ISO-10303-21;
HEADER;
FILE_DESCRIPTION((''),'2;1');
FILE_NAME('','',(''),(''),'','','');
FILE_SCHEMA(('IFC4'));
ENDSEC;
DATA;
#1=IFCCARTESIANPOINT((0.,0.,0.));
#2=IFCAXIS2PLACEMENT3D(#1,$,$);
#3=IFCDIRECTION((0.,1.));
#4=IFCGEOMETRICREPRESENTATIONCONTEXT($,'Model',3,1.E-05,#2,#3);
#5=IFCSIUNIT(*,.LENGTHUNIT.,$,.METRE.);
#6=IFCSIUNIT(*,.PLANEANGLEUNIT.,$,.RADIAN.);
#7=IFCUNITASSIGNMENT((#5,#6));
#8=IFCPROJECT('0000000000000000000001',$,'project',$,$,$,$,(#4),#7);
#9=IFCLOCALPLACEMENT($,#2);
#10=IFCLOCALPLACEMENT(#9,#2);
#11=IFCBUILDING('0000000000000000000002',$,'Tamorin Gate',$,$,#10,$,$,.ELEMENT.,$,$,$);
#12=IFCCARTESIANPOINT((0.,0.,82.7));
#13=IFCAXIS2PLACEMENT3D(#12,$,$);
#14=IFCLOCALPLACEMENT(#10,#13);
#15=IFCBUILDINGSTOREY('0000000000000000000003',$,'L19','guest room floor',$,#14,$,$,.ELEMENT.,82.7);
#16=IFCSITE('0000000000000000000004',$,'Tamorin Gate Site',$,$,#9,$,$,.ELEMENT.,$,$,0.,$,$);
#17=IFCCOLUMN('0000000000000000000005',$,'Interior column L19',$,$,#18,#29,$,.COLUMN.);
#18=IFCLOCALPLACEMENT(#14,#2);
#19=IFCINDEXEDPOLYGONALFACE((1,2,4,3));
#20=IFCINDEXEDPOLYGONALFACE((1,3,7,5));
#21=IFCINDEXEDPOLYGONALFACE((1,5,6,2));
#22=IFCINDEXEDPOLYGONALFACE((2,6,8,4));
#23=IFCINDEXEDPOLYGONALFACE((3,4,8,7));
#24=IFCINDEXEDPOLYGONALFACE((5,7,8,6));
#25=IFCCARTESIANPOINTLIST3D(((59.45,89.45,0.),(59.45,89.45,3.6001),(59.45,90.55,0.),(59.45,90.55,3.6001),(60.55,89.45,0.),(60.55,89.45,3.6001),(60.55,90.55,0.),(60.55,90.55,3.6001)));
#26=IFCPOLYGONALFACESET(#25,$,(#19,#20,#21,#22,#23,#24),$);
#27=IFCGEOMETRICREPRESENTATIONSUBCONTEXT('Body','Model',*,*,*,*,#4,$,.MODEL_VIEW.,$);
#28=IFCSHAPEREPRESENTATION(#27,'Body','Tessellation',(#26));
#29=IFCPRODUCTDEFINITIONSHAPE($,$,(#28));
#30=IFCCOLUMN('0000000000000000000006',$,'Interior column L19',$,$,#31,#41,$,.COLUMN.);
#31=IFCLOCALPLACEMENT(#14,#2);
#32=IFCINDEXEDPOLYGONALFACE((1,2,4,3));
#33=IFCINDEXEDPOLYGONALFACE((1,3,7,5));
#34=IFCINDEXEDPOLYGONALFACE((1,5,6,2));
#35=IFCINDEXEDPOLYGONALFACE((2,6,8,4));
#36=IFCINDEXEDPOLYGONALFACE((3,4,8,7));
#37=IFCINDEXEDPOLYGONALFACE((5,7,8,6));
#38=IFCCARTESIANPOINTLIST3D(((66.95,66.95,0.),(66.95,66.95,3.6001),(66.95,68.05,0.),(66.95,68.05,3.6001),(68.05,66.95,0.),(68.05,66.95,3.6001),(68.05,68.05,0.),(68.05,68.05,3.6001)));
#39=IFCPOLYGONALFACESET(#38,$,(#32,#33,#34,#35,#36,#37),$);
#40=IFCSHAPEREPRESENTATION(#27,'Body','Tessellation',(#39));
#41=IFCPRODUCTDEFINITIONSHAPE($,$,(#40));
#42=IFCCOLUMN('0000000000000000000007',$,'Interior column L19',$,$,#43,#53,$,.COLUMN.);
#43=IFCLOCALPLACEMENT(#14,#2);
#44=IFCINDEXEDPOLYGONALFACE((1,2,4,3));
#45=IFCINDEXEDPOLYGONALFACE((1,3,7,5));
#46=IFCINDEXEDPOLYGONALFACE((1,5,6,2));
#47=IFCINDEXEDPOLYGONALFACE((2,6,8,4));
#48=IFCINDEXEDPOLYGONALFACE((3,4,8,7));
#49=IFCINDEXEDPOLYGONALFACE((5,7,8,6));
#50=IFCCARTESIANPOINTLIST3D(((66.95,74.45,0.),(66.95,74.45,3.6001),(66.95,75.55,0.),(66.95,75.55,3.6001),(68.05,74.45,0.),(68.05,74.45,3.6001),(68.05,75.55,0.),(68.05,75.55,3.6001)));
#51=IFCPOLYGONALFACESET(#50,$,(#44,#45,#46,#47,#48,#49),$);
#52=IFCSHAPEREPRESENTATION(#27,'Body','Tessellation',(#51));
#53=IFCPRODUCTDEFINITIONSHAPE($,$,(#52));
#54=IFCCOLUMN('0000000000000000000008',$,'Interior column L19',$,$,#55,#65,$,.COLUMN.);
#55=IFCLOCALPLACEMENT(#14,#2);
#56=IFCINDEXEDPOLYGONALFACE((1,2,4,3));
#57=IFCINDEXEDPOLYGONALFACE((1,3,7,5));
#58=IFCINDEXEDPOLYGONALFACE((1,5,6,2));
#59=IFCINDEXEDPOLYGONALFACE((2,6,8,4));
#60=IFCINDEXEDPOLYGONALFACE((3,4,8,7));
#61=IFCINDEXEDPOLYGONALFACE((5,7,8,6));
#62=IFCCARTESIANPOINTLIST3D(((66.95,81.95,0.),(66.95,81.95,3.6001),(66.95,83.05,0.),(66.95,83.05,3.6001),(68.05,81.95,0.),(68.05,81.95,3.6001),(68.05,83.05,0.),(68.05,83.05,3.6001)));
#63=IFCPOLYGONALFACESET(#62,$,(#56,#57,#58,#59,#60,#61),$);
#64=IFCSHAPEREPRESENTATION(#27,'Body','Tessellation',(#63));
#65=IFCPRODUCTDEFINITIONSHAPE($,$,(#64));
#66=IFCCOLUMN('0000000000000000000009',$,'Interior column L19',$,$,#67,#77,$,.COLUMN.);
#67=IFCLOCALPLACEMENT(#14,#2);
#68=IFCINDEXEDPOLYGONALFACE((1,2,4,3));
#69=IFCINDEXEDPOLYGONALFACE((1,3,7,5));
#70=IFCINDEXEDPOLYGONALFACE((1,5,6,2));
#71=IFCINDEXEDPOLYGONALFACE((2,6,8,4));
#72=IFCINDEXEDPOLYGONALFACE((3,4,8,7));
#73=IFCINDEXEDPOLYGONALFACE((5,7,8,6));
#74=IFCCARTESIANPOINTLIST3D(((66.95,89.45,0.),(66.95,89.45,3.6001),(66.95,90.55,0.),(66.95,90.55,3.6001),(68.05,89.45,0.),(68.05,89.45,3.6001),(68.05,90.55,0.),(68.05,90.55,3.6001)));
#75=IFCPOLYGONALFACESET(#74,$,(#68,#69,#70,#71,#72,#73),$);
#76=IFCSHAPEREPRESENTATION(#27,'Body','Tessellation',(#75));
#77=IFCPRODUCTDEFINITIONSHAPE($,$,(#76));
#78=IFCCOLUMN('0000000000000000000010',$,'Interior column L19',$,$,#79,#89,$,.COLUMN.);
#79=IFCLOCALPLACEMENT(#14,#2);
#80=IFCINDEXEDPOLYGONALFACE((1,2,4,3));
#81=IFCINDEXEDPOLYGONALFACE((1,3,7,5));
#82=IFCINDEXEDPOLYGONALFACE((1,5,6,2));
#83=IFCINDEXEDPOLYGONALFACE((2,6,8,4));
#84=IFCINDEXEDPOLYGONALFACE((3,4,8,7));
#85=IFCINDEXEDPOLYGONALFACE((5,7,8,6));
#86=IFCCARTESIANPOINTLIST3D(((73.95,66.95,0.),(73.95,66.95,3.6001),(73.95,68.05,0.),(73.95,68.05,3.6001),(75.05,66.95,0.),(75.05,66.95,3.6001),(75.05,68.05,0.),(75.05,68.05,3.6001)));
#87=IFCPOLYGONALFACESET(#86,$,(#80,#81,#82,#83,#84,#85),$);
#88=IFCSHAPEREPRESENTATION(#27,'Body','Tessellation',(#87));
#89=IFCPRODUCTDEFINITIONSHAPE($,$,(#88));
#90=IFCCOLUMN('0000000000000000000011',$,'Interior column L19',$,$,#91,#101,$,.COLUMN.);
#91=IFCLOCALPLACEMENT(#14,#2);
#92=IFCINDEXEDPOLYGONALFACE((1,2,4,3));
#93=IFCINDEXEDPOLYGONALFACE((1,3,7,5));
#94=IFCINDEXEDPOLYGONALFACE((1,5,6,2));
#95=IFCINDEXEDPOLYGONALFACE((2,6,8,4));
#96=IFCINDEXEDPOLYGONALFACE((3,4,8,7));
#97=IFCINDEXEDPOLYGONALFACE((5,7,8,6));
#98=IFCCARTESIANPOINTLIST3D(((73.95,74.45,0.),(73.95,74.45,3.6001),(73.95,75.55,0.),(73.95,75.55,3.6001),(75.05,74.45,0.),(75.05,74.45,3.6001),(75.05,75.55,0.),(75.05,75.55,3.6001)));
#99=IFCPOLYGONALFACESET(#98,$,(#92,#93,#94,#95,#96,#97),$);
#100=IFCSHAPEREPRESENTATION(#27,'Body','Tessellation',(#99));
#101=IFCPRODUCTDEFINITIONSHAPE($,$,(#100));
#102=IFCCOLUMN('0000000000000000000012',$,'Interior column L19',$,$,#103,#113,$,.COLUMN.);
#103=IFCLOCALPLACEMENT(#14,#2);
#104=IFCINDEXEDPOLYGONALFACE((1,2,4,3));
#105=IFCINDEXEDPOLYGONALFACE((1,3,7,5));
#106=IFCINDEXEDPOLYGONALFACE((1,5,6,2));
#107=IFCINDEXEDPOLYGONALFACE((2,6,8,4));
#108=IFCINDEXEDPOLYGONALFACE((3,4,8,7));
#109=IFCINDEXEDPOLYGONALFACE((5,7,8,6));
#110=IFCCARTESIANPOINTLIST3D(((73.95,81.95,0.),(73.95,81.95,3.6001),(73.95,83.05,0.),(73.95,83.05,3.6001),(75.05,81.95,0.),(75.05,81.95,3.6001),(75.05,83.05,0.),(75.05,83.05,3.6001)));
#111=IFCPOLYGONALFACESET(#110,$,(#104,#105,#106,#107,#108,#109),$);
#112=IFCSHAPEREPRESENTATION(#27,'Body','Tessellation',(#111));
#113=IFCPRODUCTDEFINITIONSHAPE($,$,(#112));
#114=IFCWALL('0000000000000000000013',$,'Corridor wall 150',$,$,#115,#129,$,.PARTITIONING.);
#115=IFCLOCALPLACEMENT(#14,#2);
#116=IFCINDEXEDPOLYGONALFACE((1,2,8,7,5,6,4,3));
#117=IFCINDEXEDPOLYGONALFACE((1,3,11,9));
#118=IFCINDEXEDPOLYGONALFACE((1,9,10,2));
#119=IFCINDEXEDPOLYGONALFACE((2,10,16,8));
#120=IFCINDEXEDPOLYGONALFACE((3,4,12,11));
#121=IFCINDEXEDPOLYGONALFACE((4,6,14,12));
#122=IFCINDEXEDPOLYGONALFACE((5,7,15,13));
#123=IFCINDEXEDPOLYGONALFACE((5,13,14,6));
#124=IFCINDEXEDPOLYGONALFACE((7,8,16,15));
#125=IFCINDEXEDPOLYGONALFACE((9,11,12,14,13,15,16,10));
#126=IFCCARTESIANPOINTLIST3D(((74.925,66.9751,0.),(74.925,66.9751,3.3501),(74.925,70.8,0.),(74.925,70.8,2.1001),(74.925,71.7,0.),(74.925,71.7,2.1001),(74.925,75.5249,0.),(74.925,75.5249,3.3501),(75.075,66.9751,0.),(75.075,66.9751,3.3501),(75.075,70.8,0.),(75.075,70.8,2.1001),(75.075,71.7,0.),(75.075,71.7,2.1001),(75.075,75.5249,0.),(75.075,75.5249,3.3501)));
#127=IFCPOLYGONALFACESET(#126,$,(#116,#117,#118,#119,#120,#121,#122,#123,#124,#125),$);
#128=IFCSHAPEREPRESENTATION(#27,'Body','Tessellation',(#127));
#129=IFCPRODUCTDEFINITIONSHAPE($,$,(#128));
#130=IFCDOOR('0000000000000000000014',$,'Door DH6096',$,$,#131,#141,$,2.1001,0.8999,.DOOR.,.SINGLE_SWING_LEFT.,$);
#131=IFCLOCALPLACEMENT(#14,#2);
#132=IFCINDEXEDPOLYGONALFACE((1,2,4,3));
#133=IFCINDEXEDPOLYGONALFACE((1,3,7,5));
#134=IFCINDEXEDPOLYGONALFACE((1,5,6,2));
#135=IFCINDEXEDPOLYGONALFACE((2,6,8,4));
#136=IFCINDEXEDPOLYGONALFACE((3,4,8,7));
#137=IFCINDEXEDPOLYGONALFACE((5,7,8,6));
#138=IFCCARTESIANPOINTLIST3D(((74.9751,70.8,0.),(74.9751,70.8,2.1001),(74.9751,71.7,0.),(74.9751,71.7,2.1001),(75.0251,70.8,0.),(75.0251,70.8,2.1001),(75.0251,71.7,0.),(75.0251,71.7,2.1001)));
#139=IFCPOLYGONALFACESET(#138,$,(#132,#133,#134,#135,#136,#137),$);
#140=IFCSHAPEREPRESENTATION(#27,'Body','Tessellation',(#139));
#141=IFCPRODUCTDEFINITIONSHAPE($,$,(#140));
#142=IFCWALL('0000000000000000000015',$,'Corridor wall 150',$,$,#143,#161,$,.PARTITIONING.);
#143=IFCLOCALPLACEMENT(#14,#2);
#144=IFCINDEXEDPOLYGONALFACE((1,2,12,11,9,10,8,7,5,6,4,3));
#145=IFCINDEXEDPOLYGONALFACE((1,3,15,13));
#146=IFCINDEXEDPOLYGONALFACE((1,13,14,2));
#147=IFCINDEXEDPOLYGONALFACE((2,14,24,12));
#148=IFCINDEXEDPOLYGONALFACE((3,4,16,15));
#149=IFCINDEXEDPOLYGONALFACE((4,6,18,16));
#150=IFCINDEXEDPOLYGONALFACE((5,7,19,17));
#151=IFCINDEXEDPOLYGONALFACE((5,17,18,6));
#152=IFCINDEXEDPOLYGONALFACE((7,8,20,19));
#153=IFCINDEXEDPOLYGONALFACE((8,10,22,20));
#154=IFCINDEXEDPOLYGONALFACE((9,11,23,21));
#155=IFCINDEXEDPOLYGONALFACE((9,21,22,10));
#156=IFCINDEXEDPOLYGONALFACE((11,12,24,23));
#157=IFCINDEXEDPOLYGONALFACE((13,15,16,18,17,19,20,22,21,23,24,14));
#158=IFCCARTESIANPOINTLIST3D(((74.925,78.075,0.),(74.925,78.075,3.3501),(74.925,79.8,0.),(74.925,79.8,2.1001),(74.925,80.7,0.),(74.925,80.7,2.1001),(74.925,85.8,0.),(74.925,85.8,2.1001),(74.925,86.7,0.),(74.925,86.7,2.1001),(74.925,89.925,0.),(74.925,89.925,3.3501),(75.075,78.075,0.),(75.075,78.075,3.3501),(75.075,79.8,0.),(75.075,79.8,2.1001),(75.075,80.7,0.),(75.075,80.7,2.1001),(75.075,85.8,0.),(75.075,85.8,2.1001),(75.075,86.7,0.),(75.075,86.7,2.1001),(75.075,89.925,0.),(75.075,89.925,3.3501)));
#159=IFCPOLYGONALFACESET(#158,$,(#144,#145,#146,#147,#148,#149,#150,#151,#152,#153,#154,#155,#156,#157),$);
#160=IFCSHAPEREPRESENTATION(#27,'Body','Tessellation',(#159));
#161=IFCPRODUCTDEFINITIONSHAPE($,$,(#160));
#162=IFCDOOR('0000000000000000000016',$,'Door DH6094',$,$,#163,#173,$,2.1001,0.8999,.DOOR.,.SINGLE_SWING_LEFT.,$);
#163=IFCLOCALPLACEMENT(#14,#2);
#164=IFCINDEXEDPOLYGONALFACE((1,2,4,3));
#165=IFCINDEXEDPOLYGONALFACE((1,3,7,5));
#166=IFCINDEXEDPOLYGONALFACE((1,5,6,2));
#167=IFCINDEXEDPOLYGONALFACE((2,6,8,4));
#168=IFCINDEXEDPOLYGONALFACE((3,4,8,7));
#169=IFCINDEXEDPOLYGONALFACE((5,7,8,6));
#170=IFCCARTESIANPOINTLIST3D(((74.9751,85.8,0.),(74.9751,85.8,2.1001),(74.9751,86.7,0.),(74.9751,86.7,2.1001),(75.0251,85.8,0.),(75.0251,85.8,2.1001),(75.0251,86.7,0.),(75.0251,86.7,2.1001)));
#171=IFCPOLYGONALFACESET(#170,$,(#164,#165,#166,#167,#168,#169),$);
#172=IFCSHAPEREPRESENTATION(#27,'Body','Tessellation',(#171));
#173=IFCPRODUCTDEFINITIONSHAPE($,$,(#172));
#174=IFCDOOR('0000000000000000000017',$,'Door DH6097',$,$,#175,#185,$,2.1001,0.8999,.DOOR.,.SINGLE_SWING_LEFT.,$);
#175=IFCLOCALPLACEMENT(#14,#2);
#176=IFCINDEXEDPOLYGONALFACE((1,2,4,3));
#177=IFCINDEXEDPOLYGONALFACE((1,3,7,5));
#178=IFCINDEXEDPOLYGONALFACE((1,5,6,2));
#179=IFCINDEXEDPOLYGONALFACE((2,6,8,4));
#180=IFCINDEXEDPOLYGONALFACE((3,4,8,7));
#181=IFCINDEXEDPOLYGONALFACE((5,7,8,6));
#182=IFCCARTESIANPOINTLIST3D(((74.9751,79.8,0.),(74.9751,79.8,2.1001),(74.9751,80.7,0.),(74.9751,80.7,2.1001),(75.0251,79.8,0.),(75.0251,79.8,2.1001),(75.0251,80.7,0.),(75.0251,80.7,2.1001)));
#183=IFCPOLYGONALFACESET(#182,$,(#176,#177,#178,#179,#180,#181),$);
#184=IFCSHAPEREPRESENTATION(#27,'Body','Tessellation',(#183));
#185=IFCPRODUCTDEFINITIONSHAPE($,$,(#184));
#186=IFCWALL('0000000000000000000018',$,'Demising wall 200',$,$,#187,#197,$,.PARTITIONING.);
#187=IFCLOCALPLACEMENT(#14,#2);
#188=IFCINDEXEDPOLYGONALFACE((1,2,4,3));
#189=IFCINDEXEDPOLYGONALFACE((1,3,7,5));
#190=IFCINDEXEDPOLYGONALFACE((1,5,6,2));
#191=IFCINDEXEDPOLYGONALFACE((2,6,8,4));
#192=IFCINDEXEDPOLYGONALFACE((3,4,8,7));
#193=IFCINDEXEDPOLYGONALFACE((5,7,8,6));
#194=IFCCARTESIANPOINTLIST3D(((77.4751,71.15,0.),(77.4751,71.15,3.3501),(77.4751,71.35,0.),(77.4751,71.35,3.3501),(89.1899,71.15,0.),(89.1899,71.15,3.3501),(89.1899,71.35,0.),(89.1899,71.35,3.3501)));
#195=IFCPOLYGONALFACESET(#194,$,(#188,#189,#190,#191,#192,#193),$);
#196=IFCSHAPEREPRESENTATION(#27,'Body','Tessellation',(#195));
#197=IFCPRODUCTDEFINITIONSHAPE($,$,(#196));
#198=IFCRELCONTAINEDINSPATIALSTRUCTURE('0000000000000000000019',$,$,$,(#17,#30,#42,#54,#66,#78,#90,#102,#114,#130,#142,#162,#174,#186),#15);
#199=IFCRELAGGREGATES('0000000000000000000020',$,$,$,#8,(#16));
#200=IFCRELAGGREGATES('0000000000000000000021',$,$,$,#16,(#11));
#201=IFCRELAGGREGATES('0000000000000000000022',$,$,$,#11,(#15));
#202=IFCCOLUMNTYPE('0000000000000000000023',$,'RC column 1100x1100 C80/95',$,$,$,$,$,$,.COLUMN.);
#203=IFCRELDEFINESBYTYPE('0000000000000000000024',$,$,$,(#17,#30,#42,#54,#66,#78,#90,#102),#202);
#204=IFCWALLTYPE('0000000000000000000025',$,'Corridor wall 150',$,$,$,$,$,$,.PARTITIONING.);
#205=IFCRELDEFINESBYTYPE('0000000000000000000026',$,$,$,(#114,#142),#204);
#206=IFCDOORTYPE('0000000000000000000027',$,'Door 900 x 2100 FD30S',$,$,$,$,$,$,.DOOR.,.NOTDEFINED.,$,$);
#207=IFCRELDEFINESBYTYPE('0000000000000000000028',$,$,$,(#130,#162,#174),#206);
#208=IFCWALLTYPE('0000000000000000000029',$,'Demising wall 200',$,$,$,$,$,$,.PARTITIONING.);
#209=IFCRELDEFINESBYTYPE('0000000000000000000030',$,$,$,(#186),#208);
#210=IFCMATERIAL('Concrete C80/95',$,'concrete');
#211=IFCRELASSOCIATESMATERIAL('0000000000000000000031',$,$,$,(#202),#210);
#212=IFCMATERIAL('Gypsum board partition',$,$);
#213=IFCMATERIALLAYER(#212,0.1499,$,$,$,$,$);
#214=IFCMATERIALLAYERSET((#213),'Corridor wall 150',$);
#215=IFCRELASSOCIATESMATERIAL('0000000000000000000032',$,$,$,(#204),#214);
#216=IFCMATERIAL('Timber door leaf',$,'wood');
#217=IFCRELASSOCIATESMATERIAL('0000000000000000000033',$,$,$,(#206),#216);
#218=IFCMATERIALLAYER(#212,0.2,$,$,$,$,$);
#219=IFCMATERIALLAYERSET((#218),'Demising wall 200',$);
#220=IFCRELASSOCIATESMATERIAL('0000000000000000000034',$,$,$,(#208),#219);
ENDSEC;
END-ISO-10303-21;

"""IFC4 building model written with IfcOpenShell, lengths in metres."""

from ifc_helpers import new_model, si_unit, direction, frame, frame_2d, origin, origin_2d, place, context, subcontext, project, spatial, rectangle, extrude, material, layer, layer_set, material_profile, profile_set, type_object, element, fill, save


model = new_model("IFC4")

# Units and contexts
model_context = context("Model", 3, precision=1e-05, world=origin(), true_north=direction((0.0, 1.0)))
body_context = subcontext(model_context, "Body", "Model", "MODEL_VIEW")
ifc_project = project(units=[si_unit("LENGTHUNIT", "METRE"), si_unit("PLANEANGLEUNIT", "RADIAN")], contexts=[model_context])

# Site, building, storey
site_placement = place(None, origin())
site = spatial("IfcSite", under=ifc_project, at=site_placement, Name="Tamorin Gate Site", CompositionType="ELEMENT", RefElevation=0.0)
building_placement = place(site_placement, origin())
building = spatial("IfcBuilding", under=site, at=building_placement, Name="Tamorin Gate", CompositionType="ELEMENT")
storey_placement = place(building_placement, frame((0.0, 0.0, 82.7)))
storey = spatial("IfcBuildingStorey", under=building, at=storey_placement, Name="L19", Description="guest room floor", CompositionType="ELEMENT", Elevation=82.7)

# Columns
ifc_material_1 = material(Name="Concrete C80/95", Category="concrete")
ifc_material_profile = material_profile(ifc_material_1, rectangle(XDim=1.1001, YDim=1.1001, at=origin_2d()), Name="RC 1100x1100")
ifc_profile_set = profile_set([ifc_material_profile], Name="Concrete C80/95")
column_type = type_object("IfcColumnType", Name="RC column 1100x1100 C80/95", PredefinedType="COLUMN", material=ifc_profile_set)
for number, where, z_axis, x_axis, name in (
    (1, (60.0, 90.0, 0.0), (0.0, 0.0, 1.0), (1.0, 0.0, 0.0), "Interior column L19"),
    (2, (67.5, 67.5, 0.0), (0.0, 0.0, 1.0), (1.0, 0.0, 0.0), "Interior column L19"),
    (3, (67.5, 75.0, 0.0), (0.0, 0.0, 1.0), (1.0, 0.0, 0.0), "Interior column L19"),
    (4, (67.5, 82.5, 0.0), (0.0, 0.0, 1.0), (1.0, 0.0, 0.0), "Interior column L19"),
    (5, (67.5, 90.0, 0.0), (0.0, 0.0, 1.0), (1.0, 0.0, 0.0), "Interior column L19"),
    (6, (74.5, 67.5, 0.0), (0.0, 0.0, 1.0), (1.0, 0.0, 0.0), "Interior column L19"),
    (7, (74.5, 75.0, 0.0), (0.0, 0.0, 1.0), (1.0, 0.0, 0.0), "Interior column L19"),
    (8, (74.5, 82.5, 0.0), (0.0, 0.0, 1.0), (1.0, 0.0, 0.0), "Interior column L19"),
):
    element("IfcColumn", number, at=place(storey_placement, frame(where, z_axis=z_axis, x_axis=x_axis)), inside=storey, type_object=column_type, Name=name, PredefinedType="COLUMN", context=body_context, shape_type="SweptSolid", body=[
        extrude(rectangle(XDim=1.1001, YDim=1.1001, at=origin_2d()), origin(), (0.0, 0.0, 1.0), 3.6001),
    ])

# Wall, opening, door
ifc_material_2 = material(Name="Gypsum board partition")
ifc_layer_1 = layer(ifc_material_2, 0.1499)
ifc_layer_set_1 = layer_set([ifc_layer_1], Name="Corridor wall 150")
wall_type_1 = type_object("IfcWallType", Name="Corridor wall 150", PredefinedType="PARTITIONING", material=ifc_layer_set_1)
wall_1_placement = place(storey_placement, frame((75.0, 66.9751, 0.0), z_axis=(0.0, 0.0, 1.0), x_axis=(0.0, 1.0, 0.0)))
wall_1 = element("IfcWall", 9, at=wall_1_placement, inside=storey, type_object=wall_type_1, Name="Corridor wall 150", PredefinedType="PARTITIONING", context=body_context, shape_type="SweptSolid", body=[
    extrude(rectangle(XDim=8.5498, YDim=0.1499, at=frame_2d((4.2749, 0.0))), origin(), (0.0, 0.0, 1.0), 3.3501),
])
opening_1_placement = place(wall_1_placement, frame((3.825, 0.0, 0.0)))
opening_1 = element("IfcOpeningElement", 10, at=opening_1_placement, cuts=wall_1, PredefinedType="OPENING", context=body_context, shape_type="SweptSolid", body=[
    extrude(rectangle(XDim=0.8999, YDim=2.1001, at=frame_2d((0.45, 1.05))), frame((0.0, 0.085, 0.0), z_axis=(0.0, -1.0, 0.0), x_axis=(1.0, 0.0, 0.0)), (0.0, 0.0, 1.0), 0.1699),
])
ifc_material_3 = material(Name="Timber door leaf", Category="wood")
door_type_1 = type_object("IfcDoorType", Name="Door 900 x 2100 FD30S", OperationType="NOTDEFINED", PredefinedType="DOOR", material=ifc_material_3)
door_1_placement = place(opening_1_placement, origin())
door_1 = element("IfcDoor", 11, at=door_1_placement, inside=storey, type_object=door_type_1, Name="Door DH6096", OperationType="SINGLE_SWING_LEFT", OverallHeight=2.1001, OverallWidth=0.8999, PredefinedType="DOOR", context=body_context, shape_type="SweptSolid", body=[
    extrude(rectangle(XDim=0.8999, YDim=2.1001, at=frame_2d((0.45, 1.05))), frame((0.0, 0.0249, 0.0), z_axis=(0.0, -1.0, 0.0), x_axis=(1.0, 0.0, 0.0)), (0.0, 0.0, 1.0), 0.05),
])
fill(opening_1, door_1)

# Wall, openings, doors
wall_2_placement = place(storey_placement, frame((75.0, 78.075, 0.0), z_axis=(0.0, 0.0, 1.0), x_axis=(0.0, 1.0, 0.0)))
wall_2 = element("IfcWall", 12, at=wall_2_placement, inside=storey, type_object=wall_type_1, Name="Corridor wall 150", PredefinedType="PARTITIONING", context=body_context, shape_type="SweptSolid", body=[
    extrude(rectangle(XDim=11.8501, YDim=0.1499, at=frame_2d((5.925, 0.0))), origin(), (0.0, 0.0, 1.0), 3.3501),
])
opening_2_placement = place(wall_2_placement, frame((7.7251, 0.0, 0.0)))
opening_2 = element("IfcOpeningElement", 13, at=opening_2_placement, cuts=wall_2, PredefinedType="OPENING", context=body_context, shape_type="SweptSolid", body=[
    extrude(rectangle(XDim=0.8999, YDim=2.1001, at=frame_2d((0.45, 1.05))), frame((0.0, 0.085, 0.0), z_axis=(0.0, -1.0, 0.0), x_axis=(1.0, 0.0, 0.0)), (0.0, 0.0, 1.0), 0.1699),
])
opening_3_placement = place(wall_2_placement, frame((1.7251, 0.0, 0.0)))
opening_3 = element("IfcOpeningElement", 14, at=opening_3_placement, cuts=wall_2, PredefinedType="OPENING", context=body_context, shape_type="SweptSolid", body=[
    extrude(rectangle(XDim=0.8999, YDim=2.1001, at=frame_2d((0.45, 1.05))), frame((0.0, 0.085, 0.0), z_axis=(0.0, -1.0, 0.0), x_axis=(1.0, 0.0, 0.0)), (0.0, 0.0, 1.0), 0.1699),
])
door_2_placement = place(opening_2_placement, origin())
door_2 = element("IfcDoor", 15, at=door_2_placement, inside=storey, type_object=door_type_1, Name="Door DH6094", OperationType="SINGLE_SWING_LEFT", OverallHeight=2.1001, OverallWidth=0.8999, PredefinedType="DOOR", context=body_context, shape_type="SweptSolid", body=[
    extrude(rectangle(XDim=0.8999, YDim=2.1001, at=frame_2d((0.45, 1.05))), frame((0.0, 0.0249, 0.0), z_axis=(0.0, -1.0, 0.0), x_axis=(1.0, 0.0, 0.0)), (0.0, 0.0, 1.0), 0.05),
])
fill(opening_2, door_2)
door_3_placement = place(opening_3_placement, origin())
door_3 = element("IfcDoor", 16, at=door_3_placement, inside=storey, type_object=door_type_1, Name="Door DH6097", OperationType="SINGLE_SWING_LEFT", OverallHeight=2.1001, OverallWidth=0.8999, PredefinedType="DOOR", context=body_context, shape_type="SweptSolid", body=[
    extrude(rectangle(XDim=0.8999, YDim=2.1001, at=frame_2d((0.45, 1.05))), frame((0.0, 0.0249, 0.0), z_axis=(0.0, -1.0, 0.0), x_axis=(1.0, 0.0, 0.0)), (0.0, 0.0, 1.0), 0.05),
])
fill(opening_3, door_3)

# Wall
ifc_layer_2 = layer(ifc_material_2, 0.2)
ifc_layer_set_2 = layer_set([ifc_layer_2], Name="Demising wall 200")
wall_type_2 = type_object("IfcWallType", Name="Demising wall 200", PredefinedType="PARTITIONING", material=ifc_layer_set_2)
wall_3_placement = place(storey_placement, frame((77.4751, 71.25, 0.0), z_axis=(0.0, 0.0, 1.0), x_axis=(1.0, 0.0, 0.0)))
element("IfcWall", 17, at=wall_3_placement, inside=storey, type_object=wall_type_2, Name="Demising wall 200", PredefinedType="PARTITIONING", context=body_context, shape_type="SweptSolid", body=[
    extrude(rectangle(XDim=11.7148, YDim=0.2, at=frame_2d((5.8574, 0.0))), origin(), (0.0, 0.0, 1.0), 3.3501),
])

save(model, "model.ifc")
